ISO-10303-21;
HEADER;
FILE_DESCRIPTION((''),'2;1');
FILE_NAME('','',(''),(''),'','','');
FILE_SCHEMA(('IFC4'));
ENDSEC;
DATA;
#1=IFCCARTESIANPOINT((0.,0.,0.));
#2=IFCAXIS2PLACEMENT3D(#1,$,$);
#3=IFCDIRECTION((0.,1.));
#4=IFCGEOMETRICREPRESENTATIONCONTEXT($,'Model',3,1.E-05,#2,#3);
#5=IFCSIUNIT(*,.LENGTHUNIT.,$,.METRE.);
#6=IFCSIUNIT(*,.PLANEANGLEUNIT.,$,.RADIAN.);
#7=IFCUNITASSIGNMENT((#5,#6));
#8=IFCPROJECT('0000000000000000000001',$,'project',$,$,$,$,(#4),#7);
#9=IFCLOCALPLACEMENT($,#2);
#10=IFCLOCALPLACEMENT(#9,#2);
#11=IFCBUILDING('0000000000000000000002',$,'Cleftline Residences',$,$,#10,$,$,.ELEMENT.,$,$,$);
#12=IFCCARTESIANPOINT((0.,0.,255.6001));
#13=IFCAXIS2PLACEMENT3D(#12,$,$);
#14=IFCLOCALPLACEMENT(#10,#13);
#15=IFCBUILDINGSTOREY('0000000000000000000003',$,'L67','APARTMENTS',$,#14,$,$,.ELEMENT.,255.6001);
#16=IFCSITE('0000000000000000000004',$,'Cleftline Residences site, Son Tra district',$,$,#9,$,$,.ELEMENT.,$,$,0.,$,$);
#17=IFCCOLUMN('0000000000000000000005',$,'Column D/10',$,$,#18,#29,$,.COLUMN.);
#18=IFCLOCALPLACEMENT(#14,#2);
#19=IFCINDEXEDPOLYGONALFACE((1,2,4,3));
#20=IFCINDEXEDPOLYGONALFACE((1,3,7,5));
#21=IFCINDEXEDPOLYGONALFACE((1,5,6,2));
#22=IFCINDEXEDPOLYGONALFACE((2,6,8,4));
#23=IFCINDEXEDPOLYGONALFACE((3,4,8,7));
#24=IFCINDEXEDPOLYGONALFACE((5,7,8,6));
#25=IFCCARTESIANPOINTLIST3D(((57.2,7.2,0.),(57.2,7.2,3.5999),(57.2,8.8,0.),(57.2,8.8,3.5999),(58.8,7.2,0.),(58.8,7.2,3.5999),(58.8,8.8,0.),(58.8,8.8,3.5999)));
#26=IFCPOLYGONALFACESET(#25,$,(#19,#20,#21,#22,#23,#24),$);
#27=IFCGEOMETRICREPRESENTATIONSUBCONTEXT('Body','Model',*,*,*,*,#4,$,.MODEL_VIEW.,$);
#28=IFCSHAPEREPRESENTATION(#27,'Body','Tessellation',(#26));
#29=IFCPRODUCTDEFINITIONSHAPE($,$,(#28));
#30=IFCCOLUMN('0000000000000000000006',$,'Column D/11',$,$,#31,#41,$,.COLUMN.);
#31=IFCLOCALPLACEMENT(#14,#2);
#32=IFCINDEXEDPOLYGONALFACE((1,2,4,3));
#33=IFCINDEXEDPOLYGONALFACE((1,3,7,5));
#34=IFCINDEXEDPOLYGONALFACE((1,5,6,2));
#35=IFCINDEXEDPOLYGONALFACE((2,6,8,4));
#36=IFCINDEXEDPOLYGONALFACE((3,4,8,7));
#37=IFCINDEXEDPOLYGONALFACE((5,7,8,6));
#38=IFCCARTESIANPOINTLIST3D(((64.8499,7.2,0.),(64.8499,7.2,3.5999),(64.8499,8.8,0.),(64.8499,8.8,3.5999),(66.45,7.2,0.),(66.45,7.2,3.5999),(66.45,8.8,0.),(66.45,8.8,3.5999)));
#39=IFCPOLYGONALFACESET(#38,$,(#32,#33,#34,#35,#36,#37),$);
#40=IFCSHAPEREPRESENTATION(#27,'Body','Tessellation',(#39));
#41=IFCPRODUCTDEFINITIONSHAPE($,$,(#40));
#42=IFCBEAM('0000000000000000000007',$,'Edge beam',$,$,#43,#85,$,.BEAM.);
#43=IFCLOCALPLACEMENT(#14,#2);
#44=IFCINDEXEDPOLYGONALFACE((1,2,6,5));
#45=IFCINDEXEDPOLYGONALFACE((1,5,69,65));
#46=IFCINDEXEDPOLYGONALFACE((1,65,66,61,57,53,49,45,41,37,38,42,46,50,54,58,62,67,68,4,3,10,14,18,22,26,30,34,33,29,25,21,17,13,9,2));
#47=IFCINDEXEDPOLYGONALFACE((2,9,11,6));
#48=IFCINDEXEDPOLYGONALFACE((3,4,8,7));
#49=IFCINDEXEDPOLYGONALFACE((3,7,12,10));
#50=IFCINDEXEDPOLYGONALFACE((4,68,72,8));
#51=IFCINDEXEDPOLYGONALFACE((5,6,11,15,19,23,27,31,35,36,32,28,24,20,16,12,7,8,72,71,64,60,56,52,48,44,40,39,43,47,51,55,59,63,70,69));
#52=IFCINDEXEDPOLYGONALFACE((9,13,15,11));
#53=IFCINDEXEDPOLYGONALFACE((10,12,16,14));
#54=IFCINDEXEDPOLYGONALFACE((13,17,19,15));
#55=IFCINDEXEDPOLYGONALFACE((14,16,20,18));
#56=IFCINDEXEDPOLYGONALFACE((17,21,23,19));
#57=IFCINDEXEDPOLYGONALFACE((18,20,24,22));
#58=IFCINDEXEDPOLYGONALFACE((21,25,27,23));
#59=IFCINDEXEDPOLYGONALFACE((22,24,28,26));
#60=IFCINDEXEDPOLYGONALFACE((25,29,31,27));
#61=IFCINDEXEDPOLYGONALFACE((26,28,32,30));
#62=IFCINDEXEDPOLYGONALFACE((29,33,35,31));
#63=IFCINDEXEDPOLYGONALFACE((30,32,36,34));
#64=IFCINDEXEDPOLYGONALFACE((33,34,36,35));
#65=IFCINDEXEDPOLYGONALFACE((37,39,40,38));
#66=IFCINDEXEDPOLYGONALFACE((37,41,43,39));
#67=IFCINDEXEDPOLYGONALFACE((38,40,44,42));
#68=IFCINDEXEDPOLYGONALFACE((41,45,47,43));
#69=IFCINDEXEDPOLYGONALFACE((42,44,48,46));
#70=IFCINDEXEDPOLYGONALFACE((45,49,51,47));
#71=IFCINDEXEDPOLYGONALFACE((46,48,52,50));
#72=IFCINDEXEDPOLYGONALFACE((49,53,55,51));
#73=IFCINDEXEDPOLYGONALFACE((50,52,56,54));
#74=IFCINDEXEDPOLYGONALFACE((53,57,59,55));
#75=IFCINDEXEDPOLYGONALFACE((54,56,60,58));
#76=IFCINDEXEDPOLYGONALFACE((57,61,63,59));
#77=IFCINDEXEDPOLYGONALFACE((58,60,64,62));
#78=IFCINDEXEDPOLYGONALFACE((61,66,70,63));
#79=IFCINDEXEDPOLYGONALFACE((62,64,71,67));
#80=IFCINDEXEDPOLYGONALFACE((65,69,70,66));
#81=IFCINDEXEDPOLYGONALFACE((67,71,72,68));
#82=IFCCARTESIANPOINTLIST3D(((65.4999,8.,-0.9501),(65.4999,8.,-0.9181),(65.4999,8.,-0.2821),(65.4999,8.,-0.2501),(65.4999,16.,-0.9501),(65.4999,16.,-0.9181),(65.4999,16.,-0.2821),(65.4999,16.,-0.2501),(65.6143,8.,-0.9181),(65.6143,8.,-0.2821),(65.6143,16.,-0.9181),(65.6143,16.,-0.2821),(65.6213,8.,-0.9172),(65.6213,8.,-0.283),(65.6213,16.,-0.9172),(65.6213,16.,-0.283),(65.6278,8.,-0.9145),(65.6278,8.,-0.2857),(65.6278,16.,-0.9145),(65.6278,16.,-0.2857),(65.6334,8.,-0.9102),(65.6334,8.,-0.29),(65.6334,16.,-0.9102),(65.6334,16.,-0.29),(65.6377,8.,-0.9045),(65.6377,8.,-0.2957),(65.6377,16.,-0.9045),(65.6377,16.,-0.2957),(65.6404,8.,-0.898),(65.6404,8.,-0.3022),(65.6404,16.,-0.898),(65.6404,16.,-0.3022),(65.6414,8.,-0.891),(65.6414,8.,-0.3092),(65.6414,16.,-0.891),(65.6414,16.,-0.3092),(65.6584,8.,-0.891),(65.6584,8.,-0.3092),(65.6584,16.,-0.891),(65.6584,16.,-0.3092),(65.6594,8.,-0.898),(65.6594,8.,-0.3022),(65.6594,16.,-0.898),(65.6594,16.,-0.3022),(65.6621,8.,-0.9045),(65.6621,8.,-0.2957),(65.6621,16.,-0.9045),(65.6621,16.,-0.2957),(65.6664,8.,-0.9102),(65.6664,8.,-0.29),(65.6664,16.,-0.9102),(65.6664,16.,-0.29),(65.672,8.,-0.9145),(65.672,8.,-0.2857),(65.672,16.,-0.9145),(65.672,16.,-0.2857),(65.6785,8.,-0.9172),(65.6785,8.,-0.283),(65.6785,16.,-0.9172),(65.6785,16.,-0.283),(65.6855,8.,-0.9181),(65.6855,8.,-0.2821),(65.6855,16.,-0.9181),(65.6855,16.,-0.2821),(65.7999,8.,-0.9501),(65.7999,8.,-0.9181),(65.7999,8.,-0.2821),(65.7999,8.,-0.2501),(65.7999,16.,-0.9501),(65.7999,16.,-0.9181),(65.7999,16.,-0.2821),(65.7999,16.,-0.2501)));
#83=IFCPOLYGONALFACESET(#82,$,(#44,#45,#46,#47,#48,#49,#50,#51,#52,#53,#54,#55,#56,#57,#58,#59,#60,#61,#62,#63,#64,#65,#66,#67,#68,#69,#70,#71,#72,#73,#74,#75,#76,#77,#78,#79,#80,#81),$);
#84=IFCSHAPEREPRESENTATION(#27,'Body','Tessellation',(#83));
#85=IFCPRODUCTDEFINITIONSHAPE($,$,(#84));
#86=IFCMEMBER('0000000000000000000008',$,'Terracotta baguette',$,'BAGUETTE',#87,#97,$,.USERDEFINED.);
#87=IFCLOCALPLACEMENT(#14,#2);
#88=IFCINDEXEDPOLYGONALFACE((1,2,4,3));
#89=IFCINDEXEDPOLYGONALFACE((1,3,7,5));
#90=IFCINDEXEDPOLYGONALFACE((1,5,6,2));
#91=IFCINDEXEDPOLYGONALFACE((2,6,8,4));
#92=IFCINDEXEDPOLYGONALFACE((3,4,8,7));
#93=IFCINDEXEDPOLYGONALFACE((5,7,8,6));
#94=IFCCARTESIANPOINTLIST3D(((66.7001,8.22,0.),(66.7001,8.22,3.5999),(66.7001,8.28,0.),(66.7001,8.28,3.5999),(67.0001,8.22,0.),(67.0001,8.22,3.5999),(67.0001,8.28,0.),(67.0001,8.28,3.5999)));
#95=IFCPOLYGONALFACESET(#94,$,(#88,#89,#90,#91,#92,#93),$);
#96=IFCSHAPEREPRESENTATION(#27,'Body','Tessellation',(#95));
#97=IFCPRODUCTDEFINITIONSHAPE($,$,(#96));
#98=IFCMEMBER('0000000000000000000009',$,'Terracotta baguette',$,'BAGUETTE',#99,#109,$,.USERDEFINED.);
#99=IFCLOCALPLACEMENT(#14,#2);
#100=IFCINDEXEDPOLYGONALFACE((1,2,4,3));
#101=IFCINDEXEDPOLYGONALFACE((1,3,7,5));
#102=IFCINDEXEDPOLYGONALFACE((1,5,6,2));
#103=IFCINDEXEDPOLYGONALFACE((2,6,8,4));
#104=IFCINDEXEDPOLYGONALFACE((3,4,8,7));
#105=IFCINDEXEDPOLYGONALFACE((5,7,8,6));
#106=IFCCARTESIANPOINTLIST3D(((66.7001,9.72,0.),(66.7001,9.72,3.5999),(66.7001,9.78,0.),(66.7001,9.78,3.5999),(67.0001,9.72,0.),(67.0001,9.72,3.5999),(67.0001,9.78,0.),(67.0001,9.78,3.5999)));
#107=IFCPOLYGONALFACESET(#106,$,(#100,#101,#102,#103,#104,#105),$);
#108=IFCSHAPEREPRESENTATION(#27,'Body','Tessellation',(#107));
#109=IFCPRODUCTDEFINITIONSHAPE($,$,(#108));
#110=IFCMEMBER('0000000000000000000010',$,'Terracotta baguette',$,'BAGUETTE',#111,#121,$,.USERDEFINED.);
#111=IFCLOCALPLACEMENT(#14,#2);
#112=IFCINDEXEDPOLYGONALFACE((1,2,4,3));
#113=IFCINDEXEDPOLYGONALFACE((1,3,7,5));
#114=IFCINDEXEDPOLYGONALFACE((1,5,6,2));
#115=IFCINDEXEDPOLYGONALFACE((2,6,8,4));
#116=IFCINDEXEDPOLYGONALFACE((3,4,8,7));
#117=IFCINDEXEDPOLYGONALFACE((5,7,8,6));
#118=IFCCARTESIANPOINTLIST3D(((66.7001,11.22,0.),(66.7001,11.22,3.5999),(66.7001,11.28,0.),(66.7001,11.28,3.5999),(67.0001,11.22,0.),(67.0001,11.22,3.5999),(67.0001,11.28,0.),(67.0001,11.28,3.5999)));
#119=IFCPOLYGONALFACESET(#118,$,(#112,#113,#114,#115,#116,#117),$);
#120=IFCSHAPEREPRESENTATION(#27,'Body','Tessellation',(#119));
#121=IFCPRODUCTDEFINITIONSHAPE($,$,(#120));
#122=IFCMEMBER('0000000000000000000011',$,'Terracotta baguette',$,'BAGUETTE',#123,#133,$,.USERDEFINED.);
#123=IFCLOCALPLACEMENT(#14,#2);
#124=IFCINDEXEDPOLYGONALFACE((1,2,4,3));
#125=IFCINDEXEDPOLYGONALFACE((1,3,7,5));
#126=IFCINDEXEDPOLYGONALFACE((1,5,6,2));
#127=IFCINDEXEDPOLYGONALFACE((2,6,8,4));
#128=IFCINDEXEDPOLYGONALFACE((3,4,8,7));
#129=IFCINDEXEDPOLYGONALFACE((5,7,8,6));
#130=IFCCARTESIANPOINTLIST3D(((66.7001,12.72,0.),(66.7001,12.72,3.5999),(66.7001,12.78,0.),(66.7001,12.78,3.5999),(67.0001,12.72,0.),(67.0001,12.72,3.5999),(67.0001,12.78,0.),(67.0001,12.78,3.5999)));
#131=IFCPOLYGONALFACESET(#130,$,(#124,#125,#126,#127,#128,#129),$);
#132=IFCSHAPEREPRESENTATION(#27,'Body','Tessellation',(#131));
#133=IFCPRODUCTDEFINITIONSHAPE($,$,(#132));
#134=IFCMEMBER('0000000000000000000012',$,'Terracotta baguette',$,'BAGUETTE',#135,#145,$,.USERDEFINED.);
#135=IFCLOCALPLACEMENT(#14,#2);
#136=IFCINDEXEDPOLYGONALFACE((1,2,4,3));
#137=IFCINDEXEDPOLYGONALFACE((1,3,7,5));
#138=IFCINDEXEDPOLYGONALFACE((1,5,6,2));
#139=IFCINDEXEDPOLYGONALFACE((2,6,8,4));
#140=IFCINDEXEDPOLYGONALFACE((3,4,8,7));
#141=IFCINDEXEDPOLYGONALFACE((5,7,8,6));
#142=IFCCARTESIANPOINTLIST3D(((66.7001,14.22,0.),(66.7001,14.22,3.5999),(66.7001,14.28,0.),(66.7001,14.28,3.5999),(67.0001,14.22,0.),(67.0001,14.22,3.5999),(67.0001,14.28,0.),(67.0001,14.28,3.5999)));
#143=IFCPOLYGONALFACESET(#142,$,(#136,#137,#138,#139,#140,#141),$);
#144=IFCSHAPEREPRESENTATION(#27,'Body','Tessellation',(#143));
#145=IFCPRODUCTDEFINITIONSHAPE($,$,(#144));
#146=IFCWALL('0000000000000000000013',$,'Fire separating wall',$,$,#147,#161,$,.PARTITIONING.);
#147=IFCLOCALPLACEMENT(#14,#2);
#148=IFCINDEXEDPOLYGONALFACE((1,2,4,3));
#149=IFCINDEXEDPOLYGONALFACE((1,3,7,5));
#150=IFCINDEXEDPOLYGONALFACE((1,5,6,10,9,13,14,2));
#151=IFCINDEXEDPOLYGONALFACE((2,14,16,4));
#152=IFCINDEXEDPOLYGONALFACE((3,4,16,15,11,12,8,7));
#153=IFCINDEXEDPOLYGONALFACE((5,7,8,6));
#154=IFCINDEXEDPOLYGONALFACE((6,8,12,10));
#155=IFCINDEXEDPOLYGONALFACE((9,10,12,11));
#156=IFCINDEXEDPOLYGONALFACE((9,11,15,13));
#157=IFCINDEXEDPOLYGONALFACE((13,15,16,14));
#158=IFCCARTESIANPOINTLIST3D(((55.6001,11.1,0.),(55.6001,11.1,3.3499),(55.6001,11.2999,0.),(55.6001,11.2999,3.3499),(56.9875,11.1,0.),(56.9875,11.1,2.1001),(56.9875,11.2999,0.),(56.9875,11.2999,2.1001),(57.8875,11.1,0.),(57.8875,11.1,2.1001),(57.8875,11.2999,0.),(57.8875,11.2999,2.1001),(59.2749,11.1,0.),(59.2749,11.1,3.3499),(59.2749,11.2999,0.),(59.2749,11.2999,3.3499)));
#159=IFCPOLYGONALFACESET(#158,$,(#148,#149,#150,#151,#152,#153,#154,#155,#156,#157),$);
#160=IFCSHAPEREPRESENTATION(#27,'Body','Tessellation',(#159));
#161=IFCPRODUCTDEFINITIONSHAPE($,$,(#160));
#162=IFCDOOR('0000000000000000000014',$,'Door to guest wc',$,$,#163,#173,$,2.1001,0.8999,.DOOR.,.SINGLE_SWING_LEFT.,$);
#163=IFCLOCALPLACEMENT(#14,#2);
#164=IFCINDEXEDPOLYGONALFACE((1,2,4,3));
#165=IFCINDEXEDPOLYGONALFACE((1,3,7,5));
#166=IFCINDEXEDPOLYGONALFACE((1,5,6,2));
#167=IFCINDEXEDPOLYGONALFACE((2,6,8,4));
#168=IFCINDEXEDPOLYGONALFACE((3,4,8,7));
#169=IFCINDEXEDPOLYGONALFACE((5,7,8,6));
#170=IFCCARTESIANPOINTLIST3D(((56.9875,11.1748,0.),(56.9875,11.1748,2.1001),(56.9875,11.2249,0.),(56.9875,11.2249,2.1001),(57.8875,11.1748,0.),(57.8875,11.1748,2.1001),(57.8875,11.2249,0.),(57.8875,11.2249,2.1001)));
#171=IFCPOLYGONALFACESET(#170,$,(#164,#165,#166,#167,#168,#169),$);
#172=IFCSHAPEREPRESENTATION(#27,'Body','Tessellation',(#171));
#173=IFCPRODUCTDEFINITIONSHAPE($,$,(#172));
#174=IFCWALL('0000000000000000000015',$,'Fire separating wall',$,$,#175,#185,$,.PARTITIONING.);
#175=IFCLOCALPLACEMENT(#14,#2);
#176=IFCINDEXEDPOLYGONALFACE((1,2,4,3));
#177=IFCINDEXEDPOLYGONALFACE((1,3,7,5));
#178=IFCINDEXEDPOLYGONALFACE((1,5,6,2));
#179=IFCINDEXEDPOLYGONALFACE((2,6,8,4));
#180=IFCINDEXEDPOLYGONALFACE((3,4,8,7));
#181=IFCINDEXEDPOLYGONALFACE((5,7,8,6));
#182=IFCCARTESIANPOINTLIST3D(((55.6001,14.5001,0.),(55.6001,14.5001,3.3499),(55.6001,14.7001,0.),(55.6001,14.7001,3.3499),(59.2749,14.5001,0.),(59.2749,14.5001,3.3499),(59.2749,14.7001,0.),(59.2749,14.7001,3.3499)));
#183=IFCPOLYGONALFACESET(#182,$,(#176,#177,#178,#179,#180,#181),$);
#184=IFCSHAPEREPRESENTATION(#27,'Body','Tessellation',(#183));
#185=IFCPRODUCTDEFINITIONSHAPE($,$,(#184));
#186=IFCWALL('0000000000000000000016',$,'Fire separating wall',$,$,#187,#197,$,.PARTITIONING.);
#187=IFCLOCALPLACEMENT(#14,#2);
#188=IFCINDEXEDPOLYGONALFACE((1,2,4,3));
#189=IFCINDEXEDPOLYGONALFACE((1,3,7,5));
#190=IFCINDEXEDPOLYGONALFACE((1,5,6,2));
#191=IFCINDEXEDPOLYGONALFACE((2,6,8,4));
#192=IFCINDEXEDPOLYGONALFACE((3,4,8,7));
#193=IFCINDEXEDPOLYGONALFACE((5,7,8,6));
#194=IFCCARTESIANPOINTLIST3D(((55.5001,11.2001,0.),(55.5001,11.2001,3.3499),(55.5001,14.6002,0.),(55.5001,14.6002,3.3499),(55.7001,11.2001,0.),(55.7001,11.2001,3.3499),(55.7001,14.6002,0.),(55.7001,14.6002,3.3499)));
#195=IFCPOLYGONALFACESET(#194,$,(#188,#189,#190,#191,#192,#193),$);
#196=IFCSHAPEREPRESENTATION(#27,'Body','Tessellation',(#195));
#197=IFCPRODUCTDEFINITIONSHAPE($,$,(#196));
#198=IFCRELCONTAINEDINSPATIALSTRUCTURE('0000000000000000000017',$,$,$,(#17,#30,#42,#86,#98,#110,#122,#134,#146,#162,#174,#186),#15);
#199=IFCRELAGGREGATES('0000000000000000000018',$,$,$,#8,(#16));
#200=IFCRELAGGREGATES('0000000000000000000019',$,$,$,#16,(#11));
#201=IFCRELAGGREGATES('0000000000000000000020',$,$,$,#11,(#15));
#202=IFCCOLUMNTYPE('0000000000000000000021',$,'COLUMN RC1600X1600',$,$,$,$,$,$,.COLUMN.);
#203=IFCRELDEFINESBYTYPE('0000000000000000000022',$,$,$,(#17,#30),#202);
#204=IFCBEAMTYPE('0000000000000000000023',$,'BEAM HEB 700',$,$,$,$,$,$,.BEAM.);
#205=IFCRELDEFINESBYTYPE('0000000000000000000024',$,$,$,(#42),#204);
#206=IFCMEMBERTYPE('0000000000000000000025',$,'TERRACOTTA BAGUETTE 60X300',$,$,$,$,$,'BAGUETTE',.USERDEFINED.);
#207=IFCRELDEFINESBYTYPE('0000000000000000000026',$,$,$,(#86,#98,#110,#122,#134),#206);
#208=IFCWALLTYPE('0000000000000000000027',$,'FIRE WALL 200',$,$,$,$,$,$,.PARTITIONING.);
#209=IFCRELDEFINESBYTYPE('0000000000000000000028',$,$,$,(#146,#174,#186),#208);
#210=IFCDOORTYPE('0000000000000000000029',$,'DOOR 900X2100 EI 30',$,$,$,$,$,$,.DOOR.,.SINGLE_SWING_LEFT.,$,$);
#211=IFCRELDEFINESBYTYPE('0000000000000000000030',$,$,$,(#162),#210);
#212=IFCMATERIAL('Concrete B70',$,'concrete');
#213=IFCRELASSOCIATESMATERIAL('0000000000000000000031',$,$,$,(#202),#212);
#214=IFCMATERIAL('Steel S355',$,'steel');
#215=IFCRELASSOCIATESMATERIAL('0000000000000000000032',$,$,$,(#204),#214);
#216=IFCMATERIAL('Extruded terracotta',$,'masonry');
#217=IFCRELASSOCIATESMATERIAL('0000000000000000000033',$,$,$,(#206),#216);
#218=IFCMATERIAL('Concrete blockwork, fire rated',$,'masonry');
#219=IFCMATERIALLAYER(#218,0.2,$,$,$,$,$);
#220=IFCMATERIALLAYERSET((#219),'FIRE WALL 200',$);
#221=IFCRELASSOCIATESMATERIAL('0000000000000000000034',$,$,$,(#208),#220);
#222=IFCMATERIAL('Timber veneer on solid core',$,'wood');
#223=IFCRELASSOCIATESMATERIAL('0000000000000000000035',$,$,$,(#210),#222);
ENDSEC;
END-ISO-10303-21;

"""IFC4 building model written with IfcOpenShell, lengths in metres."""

from ifc_helpers import new_model, si_unit, direction, frame, frame_2d, origin, origin_2d, place, context, subcontext, project, spatial, rectangle, i_section, extrude, material, layer, layer_set, material_profile, profile_set, type_object, element, fill, save


model = new_model("IFC4")

# Units and contexts
model_context = context("Model", 3, precision=1e-05, world=origin(), true_north=direction((0.0, 1.0)))
body_context = subcontext(model_context, "Body", "Model", "MODEL_VIEW")
ifc_project = project(units=[si_unit("LENGTHUNIT", "METRE"), si_unit("PLANEANGLEUNIT", "RADIAN")], contexts=[model_context])

# Site, building, storey
site_placement = place(None, origin())
site = spatial("IfcSite", under=ifc_project, at=site_placement, Name="Cleftline Residences site, Son Tra district", CompositionType="ELEMENT", RefElevation=0.0)
building_placement = place(site_placement, origin())
building = spatial("IfcBuilding", under=site, at=building_placement, Name="Cleftline Residences", CompositionType="ELEMENT")
storey_placement = place(building_placement, frame((0.0, 0.0, 255.6001)))
storey = spatial("IfcBuildingStorey", under=building, at=storey_placement, Name="L67", Description="APARTMENTS", CompositionType="ELEMENT", Elevation=255.6001)

# Columns
ifc_material_1 = material(Name="Concrete B70", Category="concrete")
ifc_material_profile_1 = material_profile(ifc_material_1, rectangle(XDim=1.6001, YDim=1.6001, at=origin_2d()))
ifc_profile_set_1 = profile_set([ifc_material_profile_1], Name="Concrete B70")
column_type = type_object("IfcColumnType", Name="COLUMN RC1600X1600", PredefinedType="COLUMN", material=ifc_profile_set_1)
for number, where, z_axis, x_axis, name in (
    (1, (58.0, 8.0, 0.0), (0.0, 0.0, 1.0), (1.0, 0.0, 0.0), "Column D/10"),
    (2, (65.6499, 8.0, 0.0), (0.0, 0.0, 1.0), (1.0, 0.0, 0.0), "Column D/11"),
):
    element("IfcColumn", number, at=place(storey_placement, frame(where, z_axis=z_axis, x_axis=x_axis)), inside=storey, type_object=column_type, Name=name, PredefinedType="COLUMN", context=body_context, shape_type="SweptSolid", body=[
        extrude(rectangle(XDim=1.6001, YDim=1.6001, at=origin_2d()), origin(), (0.0, 0.0, 1.0), 3.5999),
    ])

# Beam
ifc_material_2 = material(Name="Steel S355", Category="steel")
ifc_material_profile_2 = material_profile(ifc_material_2, i_section(OverallWidth=0.3, OverallDepth=0.7, WebThickness=0.0171, FlangeThickness=0.032, FilletRadius=0.0271, at=origin_2d()))
ifc_profile_set_2 = profile_set([ifc_material_profile_2], Name="Steel S355")
beam_type = type_object("IfcBeamType", Name="BEAM HEB 700", PredefinedType="BEAM", material=ifc_profile_set_2)
beam_placement = place(storey_placement, frame((65.6499, 8.0, -0.6001), z_axis=(0.0, 1.0, 0.0), x_axis=(-1.0, 0.0, 0.0)))
element("IfcBeam", 3, at=beam_placement, inside=storey, type_object=beam_type, Name="Edge beam", PredefinedType="BEAM", context=body_context, shape_type="SweptSolid", body=[
    extrude(i_section(OverallWidth=0.3, OverallDepth=0.7, WebThickness=0.0171, FlangeThickness=0.032, FilletRadius=0.0271, at=origin_2d()), origin(), (0.0, 0.0, 1.0), 8.0),
])

# Members
ifc_material_3 = material(Name="Extruded terracotta", Category="masonry")
ifc_material_profile_3 = material_profile(ifc_material_3, rectangle(XDim=0.0601, YDim=0.3, at=origin_2d()))
ifc_profile_set_3 = profile_set([ifc_material_profile_3], Name="Extruded terracotta")
member_type = type_object("IfcMemberType", Name="TERRACOTTA BAGUETTE 60X300", ElementType="BAGUETTE", PredefinedType="USERDEFINED", material=ifc_profile_set_3)
for number, where, z_axis, x_axis, name in (
    (4, (66.8501, 8.25, 0.0), (0.0, 0.0, 1.0), (0.0, 1.0, 0.0), "Terracotta baguette"),
    (5, (66.8501, 9.75, 0.0), (0.0, 0.0, 1.0), (0.0, 1.0, 0.0), "Terracotta baguette"),
    (6, (66.8501, 11.25, 0.0), (0.0, 0.0, 1.0), (0.0, 1.0, 0.0), "Terracotta baguette"),
    (7, (66.8501, 12.75, 0.0), (0.0, 0.0, 1.0), (0.0, 1.0, 0.0), "Terracotta baguette"),
    (8, (66.8501, 14.25, 0.0), (0.0, 0.0, 1.0), (0.0, 1.0, 0.0), "Terracotta baguette"),
):
    element("IfcMember", number, at=place(storey_placement, frame(where, z_axis=z_axis, x_axis=x_axis)), inside=storey, type_object=member_type, Name=name, ObjectType="BAGUETTE", PredefinedType="USERDEFINED", context=body_context, shape_type="SweptSolid", body=[
        extrude(rectangle(XDim=0.0601, YDim=0.3, at=origin_2d()), origin(), (0.0, 0.0, 1.0), 3.5999),
    ])

# Wall, opening, door
ifc_material_4 = material(Name="Concrete blockwork, fire rated", Category="masonry")
ifc_layer_1 = layer(ifc_material_4, 0.2)
ifc_layer_set_1 = layer_set([ifc_layer_1], Name="FIRE WALL 200")
wall_type_1 = type_object("IfcWallType", Name="FIRE WALL 200", PredefinedType="PARTITIONING", material=ifc_layer_set_1)
wall_1_placement = place(storey_placement, frame((55.6001, 11.2, 0.0), z_axis=(0.0, 0.0, 1.0), x_axis=(1.0, 0.0, 0.0)))
wall_1 = element("IfcWall", 9, at=wall_1_placement, inside=storey, type_object=wall_type_1, Name="Fire separating wall", PredefinedType="PARTITIONING", context=body_context, shape_type="SweptSolid", body=[
    extrude(rectangle(XDim=3.6748, YDim=0.2, at=frame_2d((1.8374, 0.0))), origin(), (0.0, 0.0, 1.0), 3.3499),
])
opening_1_placement = place(wall_1_placement, frame((1.3875, 0.0, 0.0)))
opening_1 = element("IfcOpeningElement", 10, at=opening_1_placement, cuts=wall_1, PredefinedType="OPENING", context=body_context, shape_type="SweptSolid", body=[
    extrude(rectangle(XDim=0.8999, YDim=2.1001, at=frame_2d((0.45, 1.05))), frame((0.0, 0.1099, 0.0), z_axis=(0.0, -1.0, 0.0), x_axis=(1.0, 0.0, 0.0)), (0.0, 0.0, 1.0), 0.22),
])
ifc_material_5 = material(Name="Timber veneer on solid core", Category="wood")
door_type_1 = type_object("IfcDoorType", Name="DOOR 900X2100 EI 30", OperationType="SINGLE_SWING_LEFT", PredefinedType="DOOR", material=ifc_material_5)
door_1_placement = place(opening_1_placement, origin())
door_1 = element("IfcDoor", 11, at=door_1_placement, inside=storey, type_object=door_type_1, Name="Door to guest wc", OperationType="SINGLE_SWING_LEFT", OverallHeight=2.1001, OverallWidth=0.8999, PredefinedType="DOOR", context=body_context, shape_type="SweptSolid", body=[
    extrude(rectangle(XDim=0.8999, YDim=2.1001, at=frame_2d((0.45, 1.05))), frame((0.0, 0.0249, 0.0), z_axis=(0.0, -1.0, 0.0), x_axis=(1.0, 0.0, 0.0)), (0.0, 0.0, 1.0), 0.05),
])
fill(opening_1, door_1)

# Walls
wall_2_placement = place(storey_placement, frame((55.6001, 14.6001, 0.0), z_axis=(0.0, 0.0, 1.0), x_axis=(1.0, 0.0, 0.0)))
element("IfcWall", 12, at=wall_2_placement, inside=storey, type_object=wall_type_1, Name="Fire separating wall", PredefinedType="PARTITIONING", context=body_context, shape_type="SweptSolid", body=[
    extrude(rectangle(XDim=3.6748, YDim=0.2, at=frame_2d((1.8374, 0.0))), origin(), (0.0, 0.0, 1.0), 3.3499),
])
for number, where, z_axis, x_axis, name in (
    (13, (55.6001, 11.2, 0.0), (0.0, 0.0, 1.0), (0.0, 1.0, 0.0), "Fire separating wall"),
):
    element("IfcWall", number, at=place(storey_placement, frame(where, z_axis=z_axis, x_axis=x_axis)), inside=storey, type_object=wall_type_1, Name=name, PredefinedType="PARTITIONING", context=body_context, shape_type="SweptSolid", body=[
        extrude(rectangle(XDim=3.4001, YDim=0.2, at=frame_2d((1.7002, 0.0))), origin(), (0.0, 0.0, 1.0), 3.3499),
    ])

save(model, "model.ifc")
